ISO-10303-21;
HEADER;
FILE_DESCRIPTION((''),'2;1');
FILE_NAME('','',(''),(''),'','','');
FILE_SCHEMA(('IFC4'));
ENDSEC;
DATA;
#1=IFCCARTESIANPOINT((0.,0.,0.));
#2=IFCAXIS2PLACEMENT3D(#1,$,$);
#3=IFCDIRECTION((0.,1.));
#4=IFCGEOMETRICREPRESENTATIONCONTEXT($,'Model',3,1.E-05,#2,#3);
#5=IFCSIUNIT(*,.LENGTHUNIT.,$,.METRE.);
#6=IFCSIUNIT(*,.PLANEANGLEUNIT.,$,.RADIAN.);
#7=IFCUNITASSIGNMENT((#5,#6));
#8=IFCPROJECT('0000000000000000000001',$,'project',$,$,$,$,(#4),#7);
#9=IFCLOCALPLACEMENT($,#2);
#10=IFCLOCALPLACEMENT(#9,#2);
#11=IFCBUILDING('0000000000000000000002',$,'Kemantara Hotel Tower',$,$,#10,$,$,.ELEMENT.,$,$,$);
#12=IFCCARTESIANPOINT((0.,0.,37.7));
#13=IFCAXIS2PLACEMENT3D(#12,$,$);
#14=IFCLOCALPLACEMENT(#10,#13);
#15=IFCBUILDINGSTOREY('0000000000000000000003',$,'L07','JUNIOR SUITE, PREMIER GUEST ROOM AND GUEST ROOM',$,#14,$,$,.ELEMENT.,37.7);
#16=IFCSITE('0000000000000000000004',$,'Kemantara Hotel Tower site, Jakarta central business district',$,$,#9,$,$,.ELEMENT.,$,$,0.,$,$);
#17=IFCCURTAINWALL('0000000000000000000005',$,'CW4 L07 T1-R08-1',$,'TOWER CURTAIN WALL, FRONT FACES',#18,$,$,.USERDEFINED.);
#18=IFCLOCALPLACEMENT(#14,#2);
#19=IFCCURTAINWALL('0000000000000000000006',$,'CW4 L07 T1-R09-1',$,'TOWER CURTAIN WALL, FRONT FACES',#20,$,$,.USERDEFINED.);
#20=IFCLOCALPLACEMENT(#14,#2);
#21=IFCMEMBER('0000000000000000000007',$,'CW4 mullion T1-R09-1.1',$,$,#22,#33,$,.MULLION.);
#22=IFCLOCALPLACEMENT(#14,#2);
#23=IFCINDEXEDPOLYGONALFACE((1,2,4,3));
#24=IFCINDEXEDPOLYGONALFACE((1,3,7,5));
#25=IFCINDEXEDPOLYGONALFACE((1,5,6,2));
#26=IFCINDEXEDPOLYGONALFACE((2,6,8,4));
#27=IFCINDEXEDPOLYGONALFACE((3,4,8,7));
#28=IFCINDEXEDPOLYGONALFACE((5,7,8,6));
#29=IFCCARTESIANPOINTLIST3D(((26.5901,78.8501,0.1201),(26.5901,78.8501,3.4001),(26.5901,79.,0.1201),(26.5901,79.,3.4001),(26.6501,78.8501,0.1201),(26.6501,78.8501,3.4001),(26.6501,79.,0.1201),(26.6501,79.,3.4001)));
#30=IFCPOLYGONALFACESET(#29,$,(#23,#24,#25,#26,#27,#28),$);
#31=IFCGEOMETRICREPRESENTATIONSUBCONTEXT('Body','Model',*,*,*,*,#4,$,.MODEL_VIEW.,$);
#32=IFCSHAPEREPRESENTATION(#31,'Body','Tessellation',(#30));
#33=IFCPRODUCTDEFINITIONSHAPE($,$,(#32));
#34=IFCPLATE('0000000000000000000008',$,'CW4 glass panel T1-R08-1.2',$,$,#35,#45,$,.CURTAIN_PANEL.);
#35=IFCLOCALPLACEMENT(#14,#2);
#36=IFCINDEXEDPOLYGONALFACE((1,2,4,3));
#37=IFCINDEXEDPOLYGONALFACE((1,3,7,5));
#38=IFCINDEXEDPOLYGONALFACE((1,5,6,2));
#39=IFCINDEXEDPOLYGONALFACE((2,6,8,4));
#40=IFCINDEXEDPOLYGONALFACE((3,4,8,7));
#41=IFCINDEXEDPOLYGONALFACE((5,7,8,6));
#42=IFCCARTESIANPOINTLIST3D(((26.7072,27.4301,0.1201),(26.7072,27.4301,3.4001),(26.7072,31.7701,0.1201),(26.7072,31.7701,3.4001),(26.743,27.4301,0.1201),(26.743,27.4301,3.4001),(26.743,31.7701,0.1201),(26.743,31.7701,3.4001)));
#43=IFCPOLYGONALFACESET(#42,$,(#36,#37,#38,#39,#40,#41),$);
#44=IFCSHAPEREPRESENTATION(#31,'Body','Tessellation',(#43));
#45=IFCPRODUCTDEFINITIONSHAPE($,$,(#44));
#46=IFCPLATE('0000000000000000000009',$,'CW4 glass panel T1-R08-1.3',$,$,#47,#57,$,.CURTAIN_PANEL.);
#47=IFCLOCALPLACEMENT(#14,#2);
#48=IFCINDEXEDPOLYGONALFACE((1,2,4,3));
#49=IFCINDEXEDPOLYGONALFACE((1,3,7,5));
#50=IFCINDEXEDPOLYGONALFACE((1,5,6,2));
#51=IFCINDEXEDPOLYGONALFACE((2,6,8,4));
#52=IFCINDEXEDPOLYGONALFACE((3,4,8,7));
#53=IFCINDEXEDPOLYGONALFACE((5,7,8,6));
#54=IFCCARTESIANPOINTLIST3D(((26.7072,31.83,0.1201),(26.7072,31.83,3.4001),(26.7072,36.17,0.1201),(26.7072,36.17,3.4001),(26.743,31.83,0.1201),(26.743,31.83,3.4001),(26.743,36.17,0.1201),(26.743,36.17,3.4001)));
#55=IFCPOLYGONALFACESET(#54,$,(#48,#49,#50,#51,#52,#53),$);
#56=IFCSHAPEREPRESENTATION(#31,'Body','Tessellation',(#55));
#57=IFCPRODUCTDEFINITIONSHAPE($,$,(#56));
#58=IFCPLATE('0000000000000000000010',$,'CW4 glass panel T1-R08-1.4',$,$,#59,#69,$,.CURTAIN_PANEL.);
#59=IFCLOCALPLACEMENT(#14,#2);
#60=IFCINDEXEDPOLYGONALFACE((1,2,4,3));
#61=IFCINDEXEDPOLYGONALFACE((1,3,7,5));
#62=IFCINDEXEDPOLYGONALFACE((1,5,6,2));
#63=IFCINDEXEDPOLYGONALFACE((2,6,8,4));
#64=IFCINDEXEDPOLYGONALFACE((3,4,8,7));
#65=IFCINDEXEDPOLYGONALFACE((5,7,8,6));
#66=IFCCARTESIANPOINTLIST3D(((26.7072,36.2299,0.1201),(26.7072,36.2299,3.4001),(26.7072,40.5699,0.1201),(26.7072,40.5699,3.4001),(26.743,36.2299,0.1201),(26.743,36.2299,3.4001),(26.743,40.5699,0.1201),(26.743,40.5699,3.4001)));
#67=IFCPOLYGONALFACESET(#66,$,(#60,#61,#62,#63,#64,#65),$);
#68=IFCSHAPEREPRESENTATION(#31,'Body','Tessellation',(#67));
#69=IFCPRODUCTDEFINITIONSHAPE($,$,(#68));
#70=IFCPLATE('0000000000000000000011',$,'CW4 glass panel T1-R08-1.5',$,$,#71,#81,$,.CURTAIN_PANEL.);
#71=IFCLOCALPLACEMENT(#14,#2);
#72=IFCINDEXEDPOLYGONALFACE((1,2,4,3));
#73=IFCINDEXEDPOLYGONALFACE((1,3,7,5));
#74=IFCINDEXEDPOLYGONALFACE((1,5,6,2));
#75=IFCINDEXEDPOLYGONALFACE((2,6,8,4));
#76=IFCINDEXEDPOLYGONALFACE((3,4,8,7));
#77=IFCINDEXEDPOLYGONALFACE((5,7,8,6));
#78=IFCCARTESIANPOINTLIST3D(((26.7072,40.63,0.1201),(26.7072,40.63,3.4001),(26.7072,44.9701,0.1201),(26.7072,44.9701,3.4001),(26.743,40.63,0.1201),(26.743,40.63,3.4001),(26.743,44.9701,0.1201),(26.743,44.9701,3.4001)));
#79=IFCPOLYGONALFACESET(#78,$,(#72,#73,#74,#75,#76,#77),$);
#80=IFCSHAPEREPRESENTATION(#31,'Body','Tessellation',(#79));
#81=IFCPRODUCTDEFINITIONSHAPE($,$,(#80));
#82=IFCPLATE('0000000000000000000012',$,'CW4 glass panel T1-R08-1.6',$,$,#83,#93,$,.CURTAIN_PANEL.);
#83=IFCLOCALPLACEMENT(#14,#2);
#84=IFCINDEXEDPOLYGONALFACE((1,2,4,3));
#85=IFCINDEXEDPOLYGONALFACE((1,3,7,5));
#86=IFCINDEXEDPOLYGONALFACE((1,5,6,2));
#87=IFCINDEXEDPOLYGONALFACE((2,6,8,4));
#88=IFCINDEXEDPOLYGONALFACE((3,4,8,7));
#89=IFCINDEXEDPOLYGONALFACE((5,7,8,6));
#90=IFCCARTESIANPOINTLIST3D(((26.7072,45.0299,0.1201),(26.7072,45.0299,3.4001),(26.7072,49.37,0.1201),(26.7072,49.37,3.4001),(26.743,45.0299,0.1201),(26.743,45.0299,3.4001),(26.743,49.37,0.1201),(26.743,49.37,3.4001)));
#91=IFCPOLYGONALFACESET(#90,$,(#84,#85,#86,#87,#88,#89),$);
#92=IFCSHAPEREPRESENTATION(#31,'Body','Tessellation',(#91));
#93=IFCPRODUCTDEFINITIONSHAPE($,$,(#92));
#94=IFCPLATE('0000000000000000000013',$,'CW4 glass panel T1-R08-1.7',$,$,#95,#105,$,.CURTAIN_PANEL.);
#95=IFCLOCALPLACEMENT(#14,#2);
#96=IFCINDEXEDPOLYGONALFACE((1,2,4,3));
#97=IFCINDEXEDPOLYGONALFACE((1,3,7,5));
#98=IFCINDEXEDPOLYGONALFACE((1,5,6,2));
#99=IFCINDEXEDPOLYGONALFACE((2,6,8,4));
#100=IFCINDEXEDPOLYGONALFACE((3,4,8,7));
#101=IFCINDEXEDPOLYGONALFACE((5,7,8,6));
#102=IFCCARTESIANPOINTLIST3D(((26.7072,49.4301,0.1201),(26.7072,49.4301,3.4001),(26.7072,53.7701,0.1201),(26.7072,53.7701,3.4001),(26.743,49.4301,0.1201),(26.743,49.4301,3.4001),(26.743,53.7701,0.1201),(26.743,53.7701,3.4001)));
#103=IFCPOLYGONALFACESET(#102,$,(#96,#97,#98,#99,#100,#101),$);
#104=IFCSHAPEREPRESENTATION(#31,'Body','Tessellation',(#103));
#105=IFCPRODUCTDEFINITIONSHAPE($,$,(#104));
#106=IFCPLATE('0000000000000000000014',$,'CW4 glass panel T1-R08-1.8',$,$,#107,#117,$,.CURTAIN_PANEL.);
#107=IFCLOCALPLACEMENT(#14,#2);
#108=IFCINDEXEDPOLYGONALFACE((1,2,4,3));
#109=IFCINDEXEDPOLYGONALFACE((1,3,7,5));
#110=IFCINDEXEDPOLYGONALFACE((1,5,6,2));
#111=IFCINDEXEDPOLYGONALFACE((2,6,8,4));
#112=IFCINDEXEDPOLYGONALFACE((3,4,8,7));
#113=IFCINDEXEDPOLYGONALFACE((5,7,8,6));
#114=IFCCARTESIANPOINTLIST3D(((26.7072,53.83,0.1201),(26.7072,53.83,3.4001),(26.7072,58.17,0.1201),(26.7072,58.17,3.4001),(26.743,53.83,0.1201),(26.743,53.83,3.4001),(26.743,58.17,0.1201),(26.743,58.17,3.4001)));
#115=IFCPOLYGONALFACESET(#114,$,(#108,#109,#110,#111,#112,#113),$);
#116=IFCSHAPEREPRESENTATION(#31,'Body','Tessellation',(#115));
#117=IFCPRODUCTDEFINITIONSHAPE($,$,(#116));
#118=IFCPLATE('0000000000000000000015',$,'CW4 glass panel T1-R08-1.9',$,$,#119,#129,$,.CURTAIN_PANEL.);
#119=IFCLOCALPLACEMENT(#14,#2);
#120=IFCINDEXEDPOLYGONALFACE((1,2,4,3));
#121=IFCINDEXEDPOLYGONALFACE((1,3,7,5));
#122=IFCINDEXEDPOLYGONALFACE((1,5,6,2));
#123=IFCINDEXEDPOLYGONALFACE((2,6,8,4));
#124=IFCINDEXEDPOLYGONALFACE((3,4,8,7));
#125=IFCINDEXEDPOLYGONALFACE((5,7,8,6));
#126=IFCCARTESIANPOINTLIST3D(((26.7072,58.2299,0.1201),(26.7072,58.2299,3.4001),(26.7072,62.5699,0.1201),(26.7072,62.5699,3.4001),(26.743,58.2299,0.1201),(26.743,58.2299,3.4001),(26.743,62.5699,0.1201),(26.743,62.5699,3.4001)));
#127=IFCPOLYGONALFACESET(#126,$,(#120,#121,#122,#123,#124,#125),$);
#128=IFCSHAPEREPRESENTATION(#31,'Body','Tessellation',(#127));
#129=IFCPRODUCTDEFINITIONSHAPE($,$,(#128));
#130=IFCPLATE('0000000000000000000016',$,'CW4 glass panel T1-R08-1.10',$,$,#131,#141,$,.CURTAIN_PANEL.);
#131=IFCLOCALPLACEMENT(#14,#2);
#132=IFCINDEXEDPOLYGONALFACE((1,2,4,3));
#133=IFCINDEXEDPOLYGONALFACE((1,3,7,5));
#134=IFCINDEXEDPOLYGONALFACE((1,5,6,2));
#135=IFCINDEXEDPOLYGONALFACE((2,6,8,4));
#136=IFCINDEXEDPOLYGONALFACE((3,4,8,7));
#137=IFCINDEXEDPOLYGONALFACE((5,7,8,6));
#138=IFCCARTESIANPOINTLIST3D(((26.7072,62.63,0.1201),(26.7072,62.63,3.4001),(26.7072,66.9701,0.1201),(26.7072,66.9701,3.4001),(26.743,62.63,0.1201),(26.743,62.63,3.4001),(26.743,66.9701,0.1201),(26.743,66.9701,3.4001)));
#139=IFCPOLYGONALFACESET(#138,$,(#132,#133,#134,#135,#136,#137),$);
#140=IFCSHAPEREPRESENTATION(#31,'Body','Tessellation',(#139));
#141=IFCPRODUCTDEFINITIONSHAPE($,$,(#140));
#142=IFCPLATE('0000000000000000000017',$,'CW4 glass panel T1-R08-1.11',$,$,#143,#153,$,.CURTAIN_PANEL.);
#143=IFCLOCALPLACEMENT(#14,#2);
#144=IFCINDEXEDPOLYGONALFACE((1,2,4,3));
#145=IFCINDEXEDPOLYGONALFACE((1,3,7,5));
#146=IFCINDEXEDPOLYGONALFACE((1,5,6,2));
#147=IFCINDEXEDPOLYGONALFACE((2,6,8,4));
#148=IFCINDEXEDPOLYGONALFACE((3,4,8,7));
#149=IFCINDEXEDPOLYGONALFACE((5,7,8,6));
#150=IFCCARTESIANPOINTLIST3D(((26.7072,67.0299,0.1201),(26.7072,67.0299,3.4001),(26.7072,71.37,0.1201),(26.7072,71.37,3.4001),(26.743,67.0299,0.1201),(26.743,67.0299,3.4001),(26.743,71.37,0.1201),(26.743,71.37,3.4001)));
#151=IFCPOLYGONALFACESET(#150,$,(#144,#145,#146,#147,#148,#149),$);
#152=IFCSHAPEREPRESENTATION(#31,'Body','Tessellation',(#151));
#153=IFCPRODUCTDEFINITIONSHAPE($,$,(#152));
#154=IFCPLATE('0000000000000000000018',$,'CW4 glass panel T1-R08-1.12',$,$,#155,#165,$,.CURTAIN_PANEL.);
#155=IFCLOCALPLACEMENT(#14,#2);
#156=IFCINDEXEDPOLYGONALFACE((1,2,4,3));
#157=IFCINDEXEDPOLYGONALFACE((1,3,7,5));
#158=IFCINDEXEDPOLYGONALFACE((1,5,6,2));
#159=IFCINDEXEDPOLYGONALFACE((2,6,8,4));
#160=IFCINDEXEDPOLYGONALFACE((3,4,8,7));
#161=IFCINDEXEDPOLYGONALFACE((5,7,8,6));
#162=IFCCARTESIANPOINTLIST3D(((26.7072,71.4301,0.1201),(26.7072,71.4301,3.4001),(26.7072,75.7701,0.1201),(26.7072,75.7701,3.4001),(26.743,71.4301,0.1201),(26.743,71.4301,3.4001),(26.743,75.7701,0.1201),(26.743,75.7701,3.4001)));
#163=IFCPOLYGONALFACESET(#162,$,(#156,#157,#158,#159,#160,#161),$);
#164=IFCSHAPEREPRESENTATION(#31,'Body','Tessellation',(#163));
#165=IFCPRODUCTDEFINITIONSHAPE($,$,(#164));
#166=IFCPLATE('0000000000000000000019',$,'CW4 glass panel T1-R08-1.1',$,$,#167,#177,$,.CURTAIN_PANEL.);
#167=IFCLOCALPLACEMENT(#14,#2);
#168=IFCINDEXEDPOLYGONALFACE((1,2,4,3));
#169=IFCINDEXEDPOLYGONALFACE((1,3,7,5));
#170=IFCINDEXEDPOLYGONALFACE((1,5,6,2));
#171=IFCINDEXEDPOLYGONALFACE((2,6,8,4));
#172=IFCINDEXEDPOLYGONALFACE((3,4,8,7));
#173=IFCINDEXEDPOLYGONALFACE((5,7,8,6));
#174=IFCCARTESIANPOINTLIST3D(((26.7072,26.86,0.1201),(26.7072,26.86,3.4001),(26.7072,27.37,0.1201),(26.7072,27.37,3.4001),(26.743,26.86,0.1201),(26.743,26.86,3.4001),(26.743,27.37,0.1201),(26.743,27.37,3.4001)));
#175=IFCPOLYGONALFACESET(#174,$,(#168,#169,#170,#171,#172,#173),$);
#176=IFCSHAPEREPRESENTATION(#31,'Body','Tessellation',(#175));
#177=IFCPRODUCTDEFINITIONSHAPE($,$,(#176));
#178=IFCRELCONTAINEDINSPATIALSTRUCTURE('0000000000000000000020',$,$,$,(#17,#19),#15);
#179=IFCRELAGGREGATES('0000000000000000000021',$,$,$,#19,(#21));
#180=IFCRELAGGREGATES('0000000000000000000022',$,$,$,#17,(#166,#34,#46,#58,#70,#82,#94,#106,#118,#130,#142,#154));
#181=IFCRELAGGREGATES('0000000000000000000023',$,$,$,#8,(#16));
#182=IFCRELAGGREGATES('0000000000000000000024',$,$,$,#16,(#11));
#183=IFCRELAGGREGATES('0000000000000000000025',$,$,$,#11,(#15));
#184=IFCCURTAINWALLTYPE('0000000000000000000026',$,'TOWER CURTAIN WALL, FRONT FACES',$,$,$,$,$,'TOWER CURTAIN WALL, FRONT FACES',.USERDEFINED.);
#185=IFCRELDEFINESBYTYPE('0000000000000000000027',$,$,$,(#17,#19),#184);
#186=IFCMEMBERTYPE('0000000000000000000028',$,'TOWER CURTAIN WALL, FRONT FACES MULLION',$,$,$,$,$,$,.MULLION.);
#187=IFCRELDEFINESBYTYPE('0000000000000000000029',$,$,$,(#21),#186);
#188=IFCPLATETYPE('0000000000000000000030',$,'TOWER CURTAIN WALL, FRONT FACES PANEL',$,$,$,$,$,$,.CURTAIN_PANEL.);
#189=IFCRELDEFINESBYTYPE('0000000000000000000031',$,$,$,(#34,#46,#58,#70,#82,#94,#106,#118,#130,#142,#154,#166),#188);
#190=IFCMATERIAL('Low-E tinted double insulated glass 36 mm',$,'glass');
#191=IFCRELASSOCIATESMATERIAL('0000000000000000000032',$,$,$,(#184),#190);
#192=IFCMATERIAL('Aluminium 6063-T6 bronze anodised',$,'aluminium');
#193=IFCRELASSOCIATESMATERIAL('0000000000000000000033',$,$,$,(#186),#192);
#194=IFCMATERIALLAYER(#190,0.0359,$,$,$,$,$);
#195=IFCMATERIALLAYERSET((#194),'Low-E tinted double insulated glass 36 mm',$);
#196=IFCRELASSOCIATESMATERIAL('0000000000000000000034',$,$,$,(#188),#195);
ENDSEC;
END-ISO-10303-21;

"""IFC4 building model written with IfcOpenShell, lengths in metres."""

from ifc_helpers import new_model, si_unit, direction, frame, origin, origin_2d, place, context, subcontext, project, spatial, rectangle, extrude, source, transform, mapped, material, layer, layer_set, material_profile, profile_set, type_object, element, aggregate, save


model = new_model("IFC4")

# Units and contexts
model_context = context("Model", 3, precision=1e-05, world=origin(), true_north=direction((0.0, 1.0)))
body_context = subcontext(model_context, "Body", "Model", "MODEL_VIEW")
ifc_project = project(units=[si_unit("LENGTHUNIT", "METRE"), si_unit("PLANEANGLEUNIT", "RADIAN")], contexts=[model_context])

# Site, building, storey
site_placement = place(None, origin())
site = spatial("IfcSite", under=ifc_project, at=site_placement, Name="Kemantara Hotel Tower site, Jakarta central business district", CompositionType="ELEMENT", RefElevation=0.0)
building_placement = place(site_placement, origin())
building = spatial("IfcBuilding", under=site, at=building_placement, Name="Kemantara Hotel Tower", CompositionType="ELEMENT")
storey_placement = place(building_placement, frame((0.0, 0.0, 37.7)))
storey = spatial("IfcBuildingStorey", under=building, at=storey_placement, Name="L07", Description="JUNIOR SUITE, PREMIER GUEST ROOM AND GUEST ROOM", CompositionType="ELEMENT", Elevation=37.7)

# Curtain walls
ifc_material_1 = material(Name="Low-E tinted double insulated glass 36 mm", Category="glass")
curtain_wall_type = type_object("IfcCurtainWallType", Name="TOWER CURTAIN WALL, FRONT FACES", ElementType="TOWER CURTAIN WALL, FRONT FACES", PredefinedType="USERDEFINED", material=ifc_material_1)
curtain_wall_1_placement = place(storey_placement, origin())
curtain_wall_1 = element("IfcCurtainWall", 1, at=curtain_wall_1_placement, inside=storey, type_object=curtain_wall_type, Name="CW4 L07 T1-R08-1", ObjectType="TOWER CURTAIN WALL, FRONT FACES", PredefinedType="USERDEFINED")
ifc_material_2 = material(Name="Aluminium 6063-T6 bronze anodised", Category="aluminium")
curtain_wall_2_placement = place(storey_placement, origin())
curtain_wall_2 = element("IfcCurtainWall", 2, at=curtain_wall_2_placement, inside=storey, type_object=curtain_wall_type, Name="CW4 L07 T1-R09-1", ObjectType="TOWER CURTAIN WALL, FRONT FACES", PredefinedType="USERDEFINED")

# Member
ifc_material_profile_1 = material_profile(ifc_material_2, rectangle(XDim=0.1499, YDim=0.0601, at=origin_2d()), Name="TOWER CURTAIN WALL, FRONT FACES MULLION")
ifc_profile_set_1 = profile_set([ifc_material_profile_1], Name="Aluminium 6063-T6 bronze anodised")
member_type_1 = type_object("IfcMemberType", Name="TOWER CURTAIN WALL, FRONT FACES MULLION", PredefinedType="MULLION", material=ifc_profile_set_1)
shared_shape_1 = source(origin(), body_context, "Body", "SweptSolid", [
    extrude(rectangle(XDim=0.1499, YDim=0.0601, at=origin_2d()), origin(), (0.0, 0.0, 1.0), 3.28),
])
member_1_placement = place(storey_placement, frame((26.6201, 78.925, 0.1201), z_axis=(0.0, 0.0, 1.0), x_axis=(0.0, -1.0, 0.0)))
member_1 = element("IfcMember", 3, at=member_1_placement, type_object=member_type_1, Name="CW4 mullion T1-R09-1.1", PredefinedType="MULLION", context=body_context, shape_type="MappedRepresentation", body=[
    mapped(shared_shape_1, transform((0.0, 0.0, 0.0))),
])
aggregate(curtain_wall_2, [member_1])

# Plates
ifc_layer = layer(ifc_material_1, 0.0359)
ifc_layer_set = layer_set([ifc_layer], Name="Low-E tinted double insulated glass 36 mm")
plate_type = type_object("IfcPlateType", Name="TOWER CURTAIN WALL, FRONT FACES PANEL", PredefinedType="CURTAIN_PANEL", material=ifc_layer_set)
shared_shape_2 = source(origin(), body_context, "Body", "SweptSolid", [
    extrude(rectangle(XDim=4.3401, YDim=0.0359, at=origin_2d()), origin(), (0.0, 0.0, 1.0), 3.28),
])
plate_1_placement = place(storey_placement, frame((26.7251, 29.6001, 0.1201), z_axis=(0.0, 0.0, 1.0), x_axis=(0.0, 1.0, 0.0)))
plate_1 = element("IfcPlate", 4, at=plate_1_placement, type_object=plate_type, Name="CW4 glass panel T1-R08-1.2", PredefinedType="CURTAIN_PANEL", context=body_context, shape_type="MappedRepresentation", body=[
    mapped(shared_shape_2, transform((0.0, 0.0, 0.0))),
])
plate_2_placement = place(storey_placement, frame((26.7251, 34.0, 0.1201), z_axis=(0.0, 0.0, 1.0), x_axis=(0.0, 1.0, 0.0)))
plate_2 = element("IfcPlate", 5, at=plate_2_placement, type_object=plate_type, Name="CW4 glass panel T1-R08-1.3", PredefinedType="CURTAIN_PANEL", context=body_context, shape_type="MappedRepresentation", body=[
    mapped(shared_shape_2, transform((0.0, 0.0, 0.0))),
])
plate_3_placement = place(storey_placement, frame((26.7251, 38.3999, 0.1201), z_axis=(0.0, 0.0, 1.0), x_axis=(0.0, 1.0, 0.0)))
plate_3 = element("IfcPlate", 6, at=plate_3_placement, type_object=plate_type, Name="CW4 glass panel T1-R08-1.4", PredefinedType="CURTAIN_PANEL", context=body_context, shape_type="MappedRepresentation", body=[
    mapped(shared_shape_2, transform((0.0, 0.0, 0.0))),
])
plate_4_placement = place(storey_placement, frame((26.7251, 42.8, 0.1201), z_axis=(0.0, 0.0, 1.0), x_axis=(0.0, 1.0, 0.0)))
plate_4 = element("IfcPlate", 7, at=plate_4_placement, type_object=plate_type, Name="CW4 glass panel T1-R08-1.5", PredefinedType="CURTAIN_PANEL", context=body_context, shape_type="MappedRepresentation", body=[
    mapped(shared_shape_2, transform((0.0, 0.0, 0.0))),
])
plate_5_placement = place(storey_placement, frame((26.7251, 47.2, 0.1201), z_axis=(0.0, 0.0, 1.0), x_axis=(0.0, 1.0, 0.0)))
plate_5 = element("IfcPlate", 8, at=plate_5_placement, type_object=plate_type, Name="CW4 glass panel T1-R08-1.6", PredefinedType="CURTAIN_PANEL", context=body_context, shape_type="MappedRepresentation", body=[
    mapped(shared_shape_2, transform((0.0, 0.0, 0.0))),
])
plate_6_placement = place(storey_placement, frame((26.7251, 51.6001, 0.1201), z_axis=(0.0, 0.0, 1.0), x_axis=(0.0, 1.0, 0.0)))
plate_6 = element("IfcPlate", 9, at=plate_6_placement, type_object=plate_type, Name="CW4 glass panel T1-R08-1.7", PredefinedType="CURTAIN_PANEL", context=body_context, shape_type="MappedRepresentation", body=[
    mapped(shared_shape_2, transform((0.0, 0.0, 0.0))),
])
plate_7_placement = place(storey_placement, frame((26.7251, 56.0, 0.1201), z_axis=(0.0, 0.0, 1.0), x_axis=(0.0, 1.0, 0.0)))
plate_7 = element("IfcPlate", 10, at=plate_7_placement, type_object=plate_type, Name="CW4 glass panel T1-R08-1.8", PredefinedType="CURTAIN_PANEL", context=body_context, shape_type="MappedRepresentation", body=[
    mapped(shared_shape_2, transform((0.0, 0.0, 0.0))),
])
plate_8_placement = place(storey_placement, frame((26.7251, 60.3999, 0.1201), z_axis=(0.0, 0.0, 1.0), x_axis=(0.0, 1.0, 0.0)))
plate_8 = element("IfcPlate", 11, at=plate_8_placement, type_object=plate_type, Name="CW4 glass panel T1-R08-1.9", PredefinedType="CURTAIN_PANEL", context=body_context, shape_type="MappedRepresentation", body=[
    mapped(shared_shape_2, transform((0.0, 0.0, 0.0))),
])
plate_9_placement = place(storey_placement, frame((26.7251, 64.8, 0.1201), z_axis=(0.0, 0.0, 1.0), x_axis=(0.0, 1.0, 0.0)))
plate_9 = element("IfcPlate", 12, at=plate_9_placement, type_object=plate_type, Name="CW4 glass panel T1-R08-1.10", PredefinedType="CURTAIN_PANEL", context=body_context, shape_type="MappedRepresentation", body=[
    mapped(shared_shape_2, transform((0.0, 0.0, 0.0))),
])
plate_10_placement = place(storey_placement, frame((26.7251, 69.2, 0.1201), z_axis=(0.0, 0.0, 1.0), x_axis=(0.0, 1.0, 0.0)))
plate_10 = element("IfcPlate", 13, at=plate_10_placement, type_object=plate_type, Name="CW4 glass panel T1-R08-1.11", PredefinedType="CURTAIN_PANEL", context=body_context, shape_type="MappedRepresentation", body=[
    mapped(shared_shape_2, transform((0.0, 0.0, 0.0))),
])
plate_11_placement = place(storey_placement, frame((26.7251, 73.6001, 0.1201), z_axis=(0.0, 0.0, 1.0), x_axis=(0.0, 1.0, 0.0)))
plate_11 = element("IfcPlate", 14, at=plate_11_placement, type_object=plate_type, Name="CW4 glass panel T1-R08-1.12", PredefinedType="CURTAIN_PANEL", context=body_context, shape_type="MappedRepresentation", body=[
    mapped(shared_shape_2, transform((0.0, 0.0, 0.0))),
])
shared_shape_3 = source(origin(), body_context, "Body", "SweptSolid", [
    extrude(rectangle(XDim=0.51, YDim=0.0359, at=origin_2d()), origin(), (0.0, 0.0, 1.0), 3.28),
])
plate_12_placement = place(storey_placement, frame((26.7251, 27.115, 0.1201), z_axis=(0.0, 0.0, 1.0), x_axis=(0.0, 1.0, 0.0)))
plate_12 = element("IfcPlate", 15, at=plate_12_placement, type_object=plate_type, Name="CW4 glass panel T1-R08-1.1", PredefinedType="CURTAIN_PANEL", context=body_context, shape_type="MappedRepresentation", body=[
    mapped(shared_shape_3, transform((0.0, 0.0, 0.0))),
])
aggregate(curtain_wall_1, [plate_12, plate_1, plate_2, plate_3, plate_4, plate_5, plate_6, plate_7, plate_8, plate_9, plate_10, plate_11])

save(model, "model.ifc")
